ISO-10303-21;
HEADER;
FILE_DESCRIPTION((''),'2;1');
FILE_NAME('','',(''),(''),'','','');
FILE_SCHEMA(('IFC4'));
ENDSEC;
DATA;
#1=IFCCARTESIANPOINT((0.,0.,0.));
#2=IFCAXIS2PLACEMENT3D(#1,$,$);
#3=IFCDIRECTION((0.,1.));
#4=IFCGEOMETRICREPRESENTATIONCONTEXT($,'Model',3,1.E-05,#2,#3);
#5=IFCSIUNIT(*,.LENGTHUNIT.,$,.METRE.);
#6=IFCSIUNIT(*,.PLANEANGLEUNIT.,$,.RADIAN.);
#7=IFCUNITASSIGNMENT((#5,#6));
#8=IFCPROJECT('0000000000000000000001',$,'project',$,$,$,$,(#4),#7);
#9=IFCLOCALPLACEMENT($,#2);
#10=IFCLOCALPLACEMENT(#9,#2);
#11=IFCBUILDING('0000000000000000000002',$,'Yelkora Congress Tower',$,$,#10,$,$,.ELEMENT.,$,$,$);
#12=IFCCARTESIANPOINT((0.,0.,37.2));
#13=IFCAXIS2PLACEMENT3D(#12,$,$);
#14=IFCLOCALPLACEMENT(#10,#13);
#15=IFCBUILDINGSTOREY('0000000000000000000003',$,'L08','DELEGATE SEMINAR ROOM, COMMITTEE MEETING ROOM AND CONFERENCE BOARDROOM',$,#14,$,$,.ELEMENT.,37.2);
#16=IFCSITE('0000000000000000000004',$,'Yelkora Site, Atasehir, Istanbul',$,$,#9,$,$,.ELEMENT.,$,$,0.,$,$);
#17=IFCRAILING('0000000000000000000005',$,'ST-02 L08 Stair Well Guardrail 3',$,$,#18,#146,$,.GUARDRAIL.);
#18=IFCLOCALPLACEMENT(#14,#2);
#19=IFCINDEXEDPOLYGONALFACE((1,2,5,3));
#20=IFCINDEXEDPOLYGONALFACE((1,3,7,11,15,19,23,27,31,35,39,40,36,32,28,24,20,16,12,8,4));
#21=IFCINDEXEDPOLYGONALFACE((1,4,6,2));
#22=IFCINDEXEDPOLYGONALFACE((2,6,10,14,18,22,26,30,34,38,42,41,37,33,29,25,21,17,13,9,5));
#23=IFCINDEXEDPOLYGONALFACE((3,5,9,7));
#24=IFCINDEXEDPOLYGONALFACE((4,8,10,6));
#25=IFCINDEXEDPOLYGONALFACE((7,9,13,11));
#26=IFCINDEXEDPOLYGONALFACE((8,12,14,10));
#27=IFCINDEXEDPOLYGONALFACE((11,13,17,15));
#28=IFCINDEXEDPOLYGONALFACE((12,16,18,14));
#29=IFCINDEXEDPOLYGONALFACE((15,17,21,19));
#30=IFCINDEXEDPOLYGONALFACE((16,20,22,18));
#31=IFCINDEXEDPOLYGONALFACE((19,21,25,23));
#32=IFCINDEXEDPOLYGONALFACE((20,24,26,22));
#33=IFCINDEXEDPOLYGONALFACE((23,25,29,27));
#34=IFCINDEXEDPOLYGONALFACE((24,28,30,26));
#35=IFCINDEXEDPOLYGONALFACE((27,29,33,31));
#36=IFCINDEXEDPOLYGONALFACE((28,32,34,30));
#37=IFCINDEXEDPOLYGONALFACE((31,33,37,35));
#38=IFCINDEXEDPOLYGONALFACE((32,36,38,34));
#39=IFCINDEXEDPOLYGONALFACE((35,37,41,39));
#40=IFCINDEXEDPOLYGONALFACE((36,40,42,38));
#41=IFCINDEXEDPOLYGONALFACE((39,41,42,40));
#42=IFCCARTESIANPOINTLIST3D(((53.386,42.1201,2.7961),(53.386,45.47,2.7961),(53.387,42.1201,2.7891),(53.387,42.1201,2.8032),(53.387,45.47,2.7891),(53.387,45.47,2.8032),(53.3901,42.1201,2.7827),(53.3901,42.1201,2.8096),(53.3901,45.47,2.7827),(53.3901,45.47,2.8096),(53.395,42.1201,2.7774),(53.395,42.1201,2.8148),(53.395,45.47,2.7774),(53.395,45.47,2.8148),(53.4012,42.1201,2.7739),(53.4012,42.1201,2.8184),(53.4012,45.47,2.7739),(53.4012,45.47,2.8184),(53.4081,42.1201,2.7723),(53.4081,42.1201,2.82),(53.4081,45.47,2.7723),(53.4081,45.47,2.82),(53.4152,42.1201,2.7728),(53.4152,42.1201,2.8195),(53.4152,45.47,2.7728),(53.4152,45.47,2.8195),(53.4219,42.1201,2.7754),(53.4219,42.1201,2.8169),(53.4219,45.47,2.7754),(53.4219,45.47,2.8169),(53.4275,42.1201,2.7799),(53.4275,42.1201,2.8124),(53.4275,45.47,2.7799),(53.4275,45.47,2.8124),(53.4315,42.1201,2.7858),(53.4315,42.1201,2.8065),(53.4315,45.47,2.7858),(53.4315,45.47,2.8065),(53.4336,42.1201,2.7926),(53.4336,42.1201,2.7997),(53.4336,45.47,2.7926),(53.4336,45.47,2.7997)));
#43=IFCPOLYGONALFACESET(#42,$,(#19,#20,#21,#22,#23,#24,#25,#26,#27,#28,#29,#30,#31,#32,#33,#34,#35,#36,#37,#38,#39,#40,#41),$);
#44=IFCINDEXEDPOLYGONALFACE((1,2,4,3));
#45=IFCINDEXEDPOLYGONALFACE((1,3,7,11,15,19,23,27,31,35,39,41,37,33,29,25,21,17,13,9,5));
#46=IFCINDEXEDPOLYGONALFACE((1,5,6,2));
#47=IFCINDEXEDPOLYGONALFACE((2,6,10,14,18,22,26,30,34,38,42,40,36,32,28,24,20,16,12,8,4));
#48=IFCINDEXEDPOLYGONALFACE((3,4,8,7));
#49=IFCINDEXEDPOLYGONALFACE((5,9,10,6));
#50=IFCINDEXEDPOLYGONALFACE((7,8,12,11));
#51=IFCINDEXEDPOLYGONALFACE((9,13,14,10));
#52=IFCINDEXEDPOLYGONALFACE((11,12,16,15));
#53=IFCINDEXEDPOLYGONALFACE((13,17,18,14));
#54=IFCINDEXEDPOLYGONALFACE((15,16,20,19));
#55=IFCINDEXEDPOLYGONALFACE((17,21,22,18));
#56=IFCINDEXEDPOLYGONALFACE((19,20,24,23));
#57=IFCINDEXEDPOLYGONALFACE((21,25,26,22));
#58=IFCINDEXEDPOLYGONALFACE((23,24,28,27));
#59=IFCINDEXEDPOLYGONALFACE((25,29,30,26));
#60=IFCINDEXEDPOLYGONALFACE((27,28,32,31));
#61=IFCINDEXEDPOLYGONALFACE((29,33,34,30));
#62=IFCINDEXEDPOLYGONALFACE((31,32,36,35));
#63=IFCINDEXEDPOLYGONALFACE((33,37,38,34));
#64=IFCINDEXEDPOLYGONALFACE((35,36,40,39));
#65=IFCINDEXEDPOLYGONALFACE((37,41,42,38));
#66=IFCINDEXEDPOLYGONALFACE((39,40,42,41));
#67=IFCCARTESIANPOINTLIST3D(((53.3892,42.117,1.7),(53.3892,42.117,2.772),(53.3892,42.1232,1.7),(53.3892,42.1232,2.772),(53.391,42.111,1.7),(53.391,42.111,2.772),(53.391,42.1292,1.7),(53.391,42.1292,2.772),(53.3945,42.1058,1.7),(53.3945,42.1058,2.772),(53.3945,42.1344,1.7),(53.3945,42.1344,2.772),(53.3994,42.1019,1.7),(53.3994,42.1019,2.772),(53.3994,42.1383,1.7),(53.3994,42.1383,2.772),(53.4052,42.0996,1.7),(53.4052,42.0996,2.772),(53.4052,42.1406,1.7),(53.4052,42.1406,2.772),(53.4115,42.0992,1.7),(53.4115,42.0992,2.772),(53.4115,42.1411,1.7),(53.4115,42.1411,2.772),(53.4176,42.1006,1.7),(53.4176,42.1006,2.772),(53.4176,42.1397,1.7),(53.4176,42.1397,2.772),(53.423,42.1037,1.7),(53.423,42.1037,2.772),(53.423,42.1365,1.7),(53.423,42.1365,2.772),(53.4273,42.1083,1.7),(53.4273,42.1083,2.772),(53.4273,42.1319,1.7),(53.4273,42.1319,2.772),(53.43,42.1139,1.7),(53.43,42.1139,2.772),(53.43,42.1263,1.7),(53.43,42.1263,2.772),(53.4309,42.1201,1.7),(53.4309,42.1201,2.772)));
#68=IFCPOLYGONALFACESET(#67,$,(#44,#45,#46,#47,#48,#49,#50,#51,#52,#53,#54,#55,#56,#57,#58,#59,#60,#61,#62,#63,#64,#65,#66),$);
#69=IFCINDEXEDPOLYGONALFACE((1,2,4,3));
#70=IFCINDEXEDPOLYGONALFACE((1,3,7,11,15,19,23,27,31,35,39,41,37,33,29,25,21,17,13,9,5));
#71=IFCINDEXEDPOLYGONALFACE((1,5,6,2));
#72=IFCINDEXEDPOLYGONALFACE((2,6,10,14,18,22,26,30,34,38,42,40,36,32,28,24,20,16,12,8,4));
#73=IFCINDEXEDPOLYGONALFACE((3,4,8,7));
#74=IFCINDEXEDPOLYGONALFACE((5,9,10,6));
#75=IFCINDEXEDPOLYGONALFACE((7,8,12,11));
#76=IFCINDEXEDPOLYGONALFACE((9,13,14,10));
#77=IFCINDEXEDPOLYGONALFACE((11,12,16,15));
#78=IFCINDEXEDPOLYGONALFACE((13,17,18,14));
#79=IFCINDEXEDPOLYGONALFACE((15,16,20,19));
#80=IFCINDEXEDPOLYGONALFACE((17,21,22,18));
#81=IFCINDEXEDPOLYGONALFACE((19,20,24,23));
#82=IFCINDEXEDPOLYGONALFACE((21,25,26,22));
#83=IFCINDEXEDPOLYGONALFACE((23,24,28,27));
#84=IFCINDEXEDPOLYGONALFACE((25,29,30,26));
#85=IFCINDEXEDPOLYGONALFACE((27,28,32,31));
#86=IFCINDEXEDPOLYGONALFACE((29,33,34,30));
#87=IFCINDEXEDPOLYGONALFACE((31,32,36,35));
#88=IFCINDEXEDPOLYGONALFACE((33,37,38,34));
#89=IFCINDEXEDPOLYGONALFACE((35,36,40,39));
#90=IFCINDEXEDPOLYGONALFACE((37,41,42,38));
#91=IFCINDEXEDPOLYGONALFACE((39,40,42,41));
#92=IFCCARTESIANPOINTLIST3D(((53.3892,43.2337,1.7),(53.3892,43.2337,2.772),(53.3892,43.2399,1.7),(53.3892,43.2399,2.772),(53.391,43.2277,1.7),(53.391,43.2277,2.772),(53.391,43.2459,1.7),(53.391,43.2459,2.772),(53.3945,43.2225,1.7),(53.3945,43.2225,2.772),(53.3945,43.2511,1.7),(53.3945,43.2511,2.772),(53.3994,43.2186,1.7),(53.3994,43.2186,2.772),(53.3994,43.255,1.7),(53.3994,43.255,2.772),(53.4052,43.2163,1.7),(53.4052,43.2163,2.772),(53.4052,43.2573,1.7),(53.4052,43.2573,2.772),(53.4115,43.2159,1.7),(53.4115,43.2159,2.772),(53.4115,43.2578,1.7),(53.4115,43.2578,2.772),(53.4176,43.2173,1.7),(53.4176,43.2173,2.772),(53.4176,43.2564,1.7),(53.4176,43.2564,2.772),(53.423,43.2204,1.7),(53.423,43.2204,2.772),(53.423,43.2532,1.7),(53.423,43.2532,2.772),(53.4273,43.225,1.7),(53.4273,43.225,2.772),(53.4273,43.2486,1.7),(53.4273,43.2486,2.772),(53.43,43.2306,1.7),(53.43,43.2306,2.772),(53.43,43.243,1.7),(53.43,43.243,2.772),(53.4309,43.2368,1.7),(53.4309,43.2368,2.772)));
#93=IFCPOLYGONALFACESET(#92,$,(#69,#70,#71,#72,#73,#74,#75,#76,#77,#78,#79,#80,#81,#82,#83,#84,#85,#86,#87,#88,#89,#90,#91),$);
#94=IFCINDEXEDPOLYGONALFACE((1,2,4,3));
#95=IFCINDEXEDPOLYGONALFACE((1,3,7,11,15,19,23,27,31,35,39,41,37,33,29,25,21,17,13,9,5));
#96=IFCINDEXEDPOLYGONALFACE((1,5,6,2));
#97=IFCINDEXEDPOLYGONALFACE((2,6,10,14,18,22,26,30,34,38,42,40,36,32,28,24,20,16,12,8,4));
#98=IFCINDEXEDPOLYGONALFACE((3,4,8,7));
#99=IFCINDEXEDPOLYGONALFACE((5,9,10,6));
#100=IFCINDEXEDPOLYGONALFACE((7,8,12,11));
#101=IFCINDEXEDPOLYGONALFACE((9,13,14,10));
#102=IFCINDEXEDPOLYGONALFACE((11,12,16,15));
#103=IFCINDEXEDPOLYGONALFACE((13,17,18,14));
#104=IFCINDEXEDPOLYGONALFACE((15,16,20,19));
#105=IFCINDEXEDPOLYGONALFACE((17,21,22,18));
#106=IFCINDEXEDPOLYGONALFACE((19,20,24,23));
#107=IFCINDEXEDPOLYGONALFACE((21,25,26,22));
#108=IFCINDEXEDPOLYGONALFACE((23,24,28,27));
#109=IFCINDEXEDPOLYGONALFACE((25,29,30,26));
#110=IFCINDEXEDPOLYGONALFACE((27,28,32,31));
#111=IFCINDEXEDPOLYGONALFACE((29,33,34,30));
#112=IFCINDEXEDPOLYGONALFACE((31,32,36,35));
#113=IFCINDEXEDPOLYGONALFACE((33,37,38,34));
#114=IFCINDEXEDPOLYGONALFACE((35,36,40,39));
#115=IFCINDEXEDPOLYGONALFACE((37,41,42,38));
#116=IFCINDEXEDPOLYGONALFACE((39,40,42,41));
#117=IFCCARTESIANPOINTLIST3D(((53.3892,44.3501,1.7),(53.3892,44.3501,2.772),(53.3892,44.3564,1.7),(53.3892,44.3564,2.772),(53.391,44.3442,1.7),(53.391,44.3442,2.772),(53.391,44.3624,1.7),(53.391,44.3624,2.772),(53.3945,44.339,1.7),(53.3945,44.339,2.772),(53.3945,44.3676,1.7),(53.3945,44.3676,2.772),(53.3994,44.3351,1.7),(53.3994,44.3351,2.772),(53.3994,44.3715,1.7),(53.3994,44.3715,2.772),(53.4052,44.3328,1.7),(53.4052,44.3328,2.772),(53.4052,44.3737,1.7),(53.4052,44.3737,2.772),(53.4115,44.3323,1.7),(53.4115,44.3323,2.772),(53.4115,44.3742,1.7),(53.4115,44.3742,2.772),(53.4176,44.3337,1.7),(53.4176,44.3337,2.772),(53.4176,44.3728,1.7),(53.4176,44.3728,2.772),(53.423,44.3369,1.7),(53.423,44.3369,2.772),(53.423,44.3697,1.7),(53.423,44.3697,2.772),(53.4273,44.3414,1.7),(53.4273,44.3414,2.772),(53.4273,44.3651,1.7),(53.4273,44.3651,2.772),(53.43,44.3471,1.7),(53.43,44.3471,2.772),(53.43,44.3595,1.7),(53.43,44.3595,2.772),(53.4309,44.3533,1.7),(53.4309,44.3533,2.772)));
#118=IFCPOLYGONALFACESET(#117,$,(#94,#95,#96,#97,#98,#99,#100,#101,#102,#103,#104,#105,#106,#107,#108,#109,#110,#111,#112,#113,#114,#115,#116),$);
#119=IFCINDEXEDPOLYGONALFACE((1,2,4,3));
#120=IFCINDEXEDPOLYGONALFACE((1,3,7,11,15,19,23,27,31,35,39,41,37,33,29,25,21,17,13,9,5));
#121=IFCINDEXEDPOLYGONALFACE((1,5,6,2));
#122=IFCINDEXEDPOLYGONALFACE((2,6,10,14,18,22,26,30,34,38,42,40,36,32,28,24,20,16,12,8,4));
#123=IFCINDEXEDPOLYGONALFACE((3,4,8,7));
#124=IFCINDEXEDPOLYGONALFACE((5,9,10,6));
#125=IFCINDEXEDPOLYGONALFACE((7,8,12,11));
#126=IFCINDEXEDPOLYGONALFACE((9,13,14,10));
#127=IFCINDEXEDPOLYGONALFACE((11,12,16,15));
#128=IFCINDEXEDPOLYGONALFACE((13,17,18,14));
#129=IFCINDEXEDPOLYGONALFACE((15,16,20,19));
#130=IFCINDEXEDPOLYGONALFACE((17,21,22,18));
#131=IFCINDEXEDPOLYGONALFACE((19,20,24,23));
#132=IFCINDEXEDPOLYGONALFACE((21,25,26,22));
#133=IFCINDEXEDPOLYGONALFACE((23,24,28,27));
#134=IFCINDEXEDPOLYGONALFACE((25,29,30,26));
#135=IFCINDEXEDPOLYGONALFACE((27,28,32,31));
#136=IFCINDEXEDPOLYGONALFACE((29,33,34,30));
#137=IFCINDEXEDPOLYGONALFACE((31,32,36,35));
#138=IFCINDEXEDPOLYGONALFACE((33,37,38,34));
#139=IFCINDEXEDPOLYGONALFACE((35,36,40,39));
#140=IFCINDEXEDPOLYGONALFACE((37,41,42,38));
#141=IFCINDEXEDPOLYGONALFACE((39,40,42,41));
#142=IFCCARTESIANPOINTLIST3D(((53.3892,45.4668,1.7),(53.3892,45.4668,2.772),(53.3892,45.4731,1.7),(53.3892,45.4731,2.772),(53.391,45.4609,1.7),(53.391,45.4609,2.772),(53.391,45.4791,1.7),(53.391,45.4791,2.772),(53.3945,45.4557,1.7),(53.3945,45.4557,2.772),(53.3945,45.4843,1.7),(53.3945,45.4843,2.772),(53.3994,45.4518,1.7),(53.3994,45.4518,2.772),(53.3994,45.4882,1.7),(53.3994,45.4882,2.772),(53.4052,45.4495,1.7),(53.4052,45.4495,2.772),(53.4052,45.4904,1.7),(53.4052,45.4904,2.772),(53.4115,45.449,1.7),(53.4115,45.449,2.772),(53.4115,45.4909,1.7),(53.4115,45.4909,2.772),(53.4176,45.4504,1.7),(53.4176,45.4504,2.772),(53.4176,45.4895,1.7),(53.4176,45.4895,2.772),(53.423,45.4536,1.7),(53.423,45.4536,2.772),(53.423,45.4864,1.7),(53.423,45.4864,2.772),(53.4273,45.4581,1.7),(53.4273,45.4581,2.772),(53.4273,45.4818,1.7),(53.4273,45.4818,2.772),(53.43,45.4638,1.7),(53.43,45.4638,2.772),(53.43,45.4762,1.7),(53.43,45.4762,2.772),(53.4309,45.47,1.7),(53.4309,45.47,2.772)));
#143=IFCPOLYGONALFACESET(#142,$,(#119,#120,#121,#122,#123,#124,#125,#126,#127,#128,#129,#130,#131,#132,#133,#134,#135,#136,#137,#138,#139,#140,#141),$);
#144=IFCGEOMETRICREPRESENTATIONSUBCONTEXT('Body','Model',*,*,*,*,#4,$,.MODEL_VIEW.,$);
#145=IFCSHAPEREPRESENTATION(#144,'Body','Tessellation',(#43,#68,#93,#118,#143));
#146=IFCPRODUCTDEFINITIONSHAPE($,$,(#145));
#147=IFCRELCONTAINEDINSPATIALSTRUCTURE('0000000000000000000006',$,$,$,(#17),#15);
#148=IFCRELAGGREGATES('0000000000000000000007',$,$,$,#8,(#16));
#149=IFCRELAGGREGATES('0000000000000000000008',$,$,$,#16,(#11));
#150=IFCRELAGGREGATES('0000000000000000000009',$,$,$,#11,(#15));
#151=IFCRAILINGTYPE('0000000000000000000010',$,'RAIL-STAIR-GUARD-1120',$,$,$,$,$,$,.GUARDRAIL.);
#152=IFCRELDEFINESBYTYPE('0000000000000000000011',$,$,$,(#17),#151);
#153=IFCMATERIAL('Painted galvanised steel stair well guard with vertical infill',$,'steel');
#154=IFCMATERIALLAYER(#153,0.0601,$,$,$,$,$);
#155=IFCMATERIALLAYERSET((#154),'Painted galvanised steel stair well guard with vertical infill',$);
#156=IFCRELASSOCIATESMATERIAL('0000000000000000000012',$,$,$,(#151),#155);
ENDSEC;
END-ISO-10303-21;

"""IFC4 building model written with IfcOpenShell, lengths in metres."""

from ifc_helpers import new_model, si_unit, direction, frame, origin, origin_2d, place, context, subcontext, project, spatial, circle, extrude, material, layer, layer_set, type_object, element, save


model = new_model("IFC4")

# Units and contexts
model_context = context("Model", 3, precision=1e-05, world=origin(), true_north=direction((0.0, 1.0)))
body_context = subcontext(model_context, "Body", "Model", "MODEL_VIEW")
ifc_project = project(units=[si_unit("LENGTHUNIT", "METRE"), si_unit("PLANEANGLEUNIT", "RADIAN")], contexts=[model_context])

# Site, building, storey
site_placement = place(None, origin())
site = spatial("IfcSite", under=ifc_project, at=site_placement, Name="Yelkora Site, Atasehir, Istanbul", CompositionType="ELEMENT", RefElevation=0.0)
building_placement = place(site_placement, origin())
building = spatial("IfcBuilding", under=site, at=building_placement, Name="Yelkora Congress Tower", CompositionType="ELEMENT")
storey_placement = place(building_placement, frame((0.0, 0.0, 37.2)))
storey = spatial("IfcBuildingStorey", under=building, at=storey_placement, Name="L08", Description="DELEGATE SEMINAR ROOM, COMMITTEE MEETING ROOM AND CONFERENCE BOARDROOM", CompositionType="ELEMENT", Elevation=37.2)

# Railing
ifc_material_1 = material(Name="Painted galvanised steel stair well guard with vertical infill", Category="steel")
ifc_layer_1 = layer(ifc_material_1, 0.0601)
ifc_layer_set_1 = layer_set([ifc_layer_1], Name="Painted galvanised steel stair well guard with vertical infill")
railing_type_1 = type_object("IfcRailingType", Name="RAIL-STAIR-GUARD-1120", PredefinedType="GUARDRAIL", material=ifc_layer_set_1)
railing_1_placement = place(storey_placement, frame((53.4099, 42.1201, 1.7)))
element("IfcRailing", 1, at=railing_1_placement, inside=storey, type_object=railing_type_1, Name="ST-02 L08 Stair Well Guardrail 3", PredefinedType="GUARDRAIL", context=body_context, shape_type="SweptSolid", body=[
    extrude(circle(Radius=0.0239, at=origin_2d()), frame((0.0, 0.0, 1.0962), z_axis=(0.0, 1.0, 0.0), x_axis=(-1.0, 0.0, 0.0)), (0.0, 0.0, 1.0), 3.3499),
    extrude(circle(Radius=0.021, at=origin_2d()), origin(), (0.0, 0.0, 1.0), 1.072),
    extrude(circle(Radius=0.021, at=origin_2d()), frame((0.0, 1.1167, 0.0)), (0.0, 0.0, 1.0), 1.072),
    extrude(circle(Radius=0.021, at=origin_2d()), frame((0.0, 2.2332, 0.0)), (0.0, 0.0, 1.0), 1.072),
    extrude(circle(Radius=0.021, at=origin_2d()), frame((0.0, 3.3499, 0.0)), (0.0, 0.0, 1.0), 1.072),
])

save(model, "model.ifc")
